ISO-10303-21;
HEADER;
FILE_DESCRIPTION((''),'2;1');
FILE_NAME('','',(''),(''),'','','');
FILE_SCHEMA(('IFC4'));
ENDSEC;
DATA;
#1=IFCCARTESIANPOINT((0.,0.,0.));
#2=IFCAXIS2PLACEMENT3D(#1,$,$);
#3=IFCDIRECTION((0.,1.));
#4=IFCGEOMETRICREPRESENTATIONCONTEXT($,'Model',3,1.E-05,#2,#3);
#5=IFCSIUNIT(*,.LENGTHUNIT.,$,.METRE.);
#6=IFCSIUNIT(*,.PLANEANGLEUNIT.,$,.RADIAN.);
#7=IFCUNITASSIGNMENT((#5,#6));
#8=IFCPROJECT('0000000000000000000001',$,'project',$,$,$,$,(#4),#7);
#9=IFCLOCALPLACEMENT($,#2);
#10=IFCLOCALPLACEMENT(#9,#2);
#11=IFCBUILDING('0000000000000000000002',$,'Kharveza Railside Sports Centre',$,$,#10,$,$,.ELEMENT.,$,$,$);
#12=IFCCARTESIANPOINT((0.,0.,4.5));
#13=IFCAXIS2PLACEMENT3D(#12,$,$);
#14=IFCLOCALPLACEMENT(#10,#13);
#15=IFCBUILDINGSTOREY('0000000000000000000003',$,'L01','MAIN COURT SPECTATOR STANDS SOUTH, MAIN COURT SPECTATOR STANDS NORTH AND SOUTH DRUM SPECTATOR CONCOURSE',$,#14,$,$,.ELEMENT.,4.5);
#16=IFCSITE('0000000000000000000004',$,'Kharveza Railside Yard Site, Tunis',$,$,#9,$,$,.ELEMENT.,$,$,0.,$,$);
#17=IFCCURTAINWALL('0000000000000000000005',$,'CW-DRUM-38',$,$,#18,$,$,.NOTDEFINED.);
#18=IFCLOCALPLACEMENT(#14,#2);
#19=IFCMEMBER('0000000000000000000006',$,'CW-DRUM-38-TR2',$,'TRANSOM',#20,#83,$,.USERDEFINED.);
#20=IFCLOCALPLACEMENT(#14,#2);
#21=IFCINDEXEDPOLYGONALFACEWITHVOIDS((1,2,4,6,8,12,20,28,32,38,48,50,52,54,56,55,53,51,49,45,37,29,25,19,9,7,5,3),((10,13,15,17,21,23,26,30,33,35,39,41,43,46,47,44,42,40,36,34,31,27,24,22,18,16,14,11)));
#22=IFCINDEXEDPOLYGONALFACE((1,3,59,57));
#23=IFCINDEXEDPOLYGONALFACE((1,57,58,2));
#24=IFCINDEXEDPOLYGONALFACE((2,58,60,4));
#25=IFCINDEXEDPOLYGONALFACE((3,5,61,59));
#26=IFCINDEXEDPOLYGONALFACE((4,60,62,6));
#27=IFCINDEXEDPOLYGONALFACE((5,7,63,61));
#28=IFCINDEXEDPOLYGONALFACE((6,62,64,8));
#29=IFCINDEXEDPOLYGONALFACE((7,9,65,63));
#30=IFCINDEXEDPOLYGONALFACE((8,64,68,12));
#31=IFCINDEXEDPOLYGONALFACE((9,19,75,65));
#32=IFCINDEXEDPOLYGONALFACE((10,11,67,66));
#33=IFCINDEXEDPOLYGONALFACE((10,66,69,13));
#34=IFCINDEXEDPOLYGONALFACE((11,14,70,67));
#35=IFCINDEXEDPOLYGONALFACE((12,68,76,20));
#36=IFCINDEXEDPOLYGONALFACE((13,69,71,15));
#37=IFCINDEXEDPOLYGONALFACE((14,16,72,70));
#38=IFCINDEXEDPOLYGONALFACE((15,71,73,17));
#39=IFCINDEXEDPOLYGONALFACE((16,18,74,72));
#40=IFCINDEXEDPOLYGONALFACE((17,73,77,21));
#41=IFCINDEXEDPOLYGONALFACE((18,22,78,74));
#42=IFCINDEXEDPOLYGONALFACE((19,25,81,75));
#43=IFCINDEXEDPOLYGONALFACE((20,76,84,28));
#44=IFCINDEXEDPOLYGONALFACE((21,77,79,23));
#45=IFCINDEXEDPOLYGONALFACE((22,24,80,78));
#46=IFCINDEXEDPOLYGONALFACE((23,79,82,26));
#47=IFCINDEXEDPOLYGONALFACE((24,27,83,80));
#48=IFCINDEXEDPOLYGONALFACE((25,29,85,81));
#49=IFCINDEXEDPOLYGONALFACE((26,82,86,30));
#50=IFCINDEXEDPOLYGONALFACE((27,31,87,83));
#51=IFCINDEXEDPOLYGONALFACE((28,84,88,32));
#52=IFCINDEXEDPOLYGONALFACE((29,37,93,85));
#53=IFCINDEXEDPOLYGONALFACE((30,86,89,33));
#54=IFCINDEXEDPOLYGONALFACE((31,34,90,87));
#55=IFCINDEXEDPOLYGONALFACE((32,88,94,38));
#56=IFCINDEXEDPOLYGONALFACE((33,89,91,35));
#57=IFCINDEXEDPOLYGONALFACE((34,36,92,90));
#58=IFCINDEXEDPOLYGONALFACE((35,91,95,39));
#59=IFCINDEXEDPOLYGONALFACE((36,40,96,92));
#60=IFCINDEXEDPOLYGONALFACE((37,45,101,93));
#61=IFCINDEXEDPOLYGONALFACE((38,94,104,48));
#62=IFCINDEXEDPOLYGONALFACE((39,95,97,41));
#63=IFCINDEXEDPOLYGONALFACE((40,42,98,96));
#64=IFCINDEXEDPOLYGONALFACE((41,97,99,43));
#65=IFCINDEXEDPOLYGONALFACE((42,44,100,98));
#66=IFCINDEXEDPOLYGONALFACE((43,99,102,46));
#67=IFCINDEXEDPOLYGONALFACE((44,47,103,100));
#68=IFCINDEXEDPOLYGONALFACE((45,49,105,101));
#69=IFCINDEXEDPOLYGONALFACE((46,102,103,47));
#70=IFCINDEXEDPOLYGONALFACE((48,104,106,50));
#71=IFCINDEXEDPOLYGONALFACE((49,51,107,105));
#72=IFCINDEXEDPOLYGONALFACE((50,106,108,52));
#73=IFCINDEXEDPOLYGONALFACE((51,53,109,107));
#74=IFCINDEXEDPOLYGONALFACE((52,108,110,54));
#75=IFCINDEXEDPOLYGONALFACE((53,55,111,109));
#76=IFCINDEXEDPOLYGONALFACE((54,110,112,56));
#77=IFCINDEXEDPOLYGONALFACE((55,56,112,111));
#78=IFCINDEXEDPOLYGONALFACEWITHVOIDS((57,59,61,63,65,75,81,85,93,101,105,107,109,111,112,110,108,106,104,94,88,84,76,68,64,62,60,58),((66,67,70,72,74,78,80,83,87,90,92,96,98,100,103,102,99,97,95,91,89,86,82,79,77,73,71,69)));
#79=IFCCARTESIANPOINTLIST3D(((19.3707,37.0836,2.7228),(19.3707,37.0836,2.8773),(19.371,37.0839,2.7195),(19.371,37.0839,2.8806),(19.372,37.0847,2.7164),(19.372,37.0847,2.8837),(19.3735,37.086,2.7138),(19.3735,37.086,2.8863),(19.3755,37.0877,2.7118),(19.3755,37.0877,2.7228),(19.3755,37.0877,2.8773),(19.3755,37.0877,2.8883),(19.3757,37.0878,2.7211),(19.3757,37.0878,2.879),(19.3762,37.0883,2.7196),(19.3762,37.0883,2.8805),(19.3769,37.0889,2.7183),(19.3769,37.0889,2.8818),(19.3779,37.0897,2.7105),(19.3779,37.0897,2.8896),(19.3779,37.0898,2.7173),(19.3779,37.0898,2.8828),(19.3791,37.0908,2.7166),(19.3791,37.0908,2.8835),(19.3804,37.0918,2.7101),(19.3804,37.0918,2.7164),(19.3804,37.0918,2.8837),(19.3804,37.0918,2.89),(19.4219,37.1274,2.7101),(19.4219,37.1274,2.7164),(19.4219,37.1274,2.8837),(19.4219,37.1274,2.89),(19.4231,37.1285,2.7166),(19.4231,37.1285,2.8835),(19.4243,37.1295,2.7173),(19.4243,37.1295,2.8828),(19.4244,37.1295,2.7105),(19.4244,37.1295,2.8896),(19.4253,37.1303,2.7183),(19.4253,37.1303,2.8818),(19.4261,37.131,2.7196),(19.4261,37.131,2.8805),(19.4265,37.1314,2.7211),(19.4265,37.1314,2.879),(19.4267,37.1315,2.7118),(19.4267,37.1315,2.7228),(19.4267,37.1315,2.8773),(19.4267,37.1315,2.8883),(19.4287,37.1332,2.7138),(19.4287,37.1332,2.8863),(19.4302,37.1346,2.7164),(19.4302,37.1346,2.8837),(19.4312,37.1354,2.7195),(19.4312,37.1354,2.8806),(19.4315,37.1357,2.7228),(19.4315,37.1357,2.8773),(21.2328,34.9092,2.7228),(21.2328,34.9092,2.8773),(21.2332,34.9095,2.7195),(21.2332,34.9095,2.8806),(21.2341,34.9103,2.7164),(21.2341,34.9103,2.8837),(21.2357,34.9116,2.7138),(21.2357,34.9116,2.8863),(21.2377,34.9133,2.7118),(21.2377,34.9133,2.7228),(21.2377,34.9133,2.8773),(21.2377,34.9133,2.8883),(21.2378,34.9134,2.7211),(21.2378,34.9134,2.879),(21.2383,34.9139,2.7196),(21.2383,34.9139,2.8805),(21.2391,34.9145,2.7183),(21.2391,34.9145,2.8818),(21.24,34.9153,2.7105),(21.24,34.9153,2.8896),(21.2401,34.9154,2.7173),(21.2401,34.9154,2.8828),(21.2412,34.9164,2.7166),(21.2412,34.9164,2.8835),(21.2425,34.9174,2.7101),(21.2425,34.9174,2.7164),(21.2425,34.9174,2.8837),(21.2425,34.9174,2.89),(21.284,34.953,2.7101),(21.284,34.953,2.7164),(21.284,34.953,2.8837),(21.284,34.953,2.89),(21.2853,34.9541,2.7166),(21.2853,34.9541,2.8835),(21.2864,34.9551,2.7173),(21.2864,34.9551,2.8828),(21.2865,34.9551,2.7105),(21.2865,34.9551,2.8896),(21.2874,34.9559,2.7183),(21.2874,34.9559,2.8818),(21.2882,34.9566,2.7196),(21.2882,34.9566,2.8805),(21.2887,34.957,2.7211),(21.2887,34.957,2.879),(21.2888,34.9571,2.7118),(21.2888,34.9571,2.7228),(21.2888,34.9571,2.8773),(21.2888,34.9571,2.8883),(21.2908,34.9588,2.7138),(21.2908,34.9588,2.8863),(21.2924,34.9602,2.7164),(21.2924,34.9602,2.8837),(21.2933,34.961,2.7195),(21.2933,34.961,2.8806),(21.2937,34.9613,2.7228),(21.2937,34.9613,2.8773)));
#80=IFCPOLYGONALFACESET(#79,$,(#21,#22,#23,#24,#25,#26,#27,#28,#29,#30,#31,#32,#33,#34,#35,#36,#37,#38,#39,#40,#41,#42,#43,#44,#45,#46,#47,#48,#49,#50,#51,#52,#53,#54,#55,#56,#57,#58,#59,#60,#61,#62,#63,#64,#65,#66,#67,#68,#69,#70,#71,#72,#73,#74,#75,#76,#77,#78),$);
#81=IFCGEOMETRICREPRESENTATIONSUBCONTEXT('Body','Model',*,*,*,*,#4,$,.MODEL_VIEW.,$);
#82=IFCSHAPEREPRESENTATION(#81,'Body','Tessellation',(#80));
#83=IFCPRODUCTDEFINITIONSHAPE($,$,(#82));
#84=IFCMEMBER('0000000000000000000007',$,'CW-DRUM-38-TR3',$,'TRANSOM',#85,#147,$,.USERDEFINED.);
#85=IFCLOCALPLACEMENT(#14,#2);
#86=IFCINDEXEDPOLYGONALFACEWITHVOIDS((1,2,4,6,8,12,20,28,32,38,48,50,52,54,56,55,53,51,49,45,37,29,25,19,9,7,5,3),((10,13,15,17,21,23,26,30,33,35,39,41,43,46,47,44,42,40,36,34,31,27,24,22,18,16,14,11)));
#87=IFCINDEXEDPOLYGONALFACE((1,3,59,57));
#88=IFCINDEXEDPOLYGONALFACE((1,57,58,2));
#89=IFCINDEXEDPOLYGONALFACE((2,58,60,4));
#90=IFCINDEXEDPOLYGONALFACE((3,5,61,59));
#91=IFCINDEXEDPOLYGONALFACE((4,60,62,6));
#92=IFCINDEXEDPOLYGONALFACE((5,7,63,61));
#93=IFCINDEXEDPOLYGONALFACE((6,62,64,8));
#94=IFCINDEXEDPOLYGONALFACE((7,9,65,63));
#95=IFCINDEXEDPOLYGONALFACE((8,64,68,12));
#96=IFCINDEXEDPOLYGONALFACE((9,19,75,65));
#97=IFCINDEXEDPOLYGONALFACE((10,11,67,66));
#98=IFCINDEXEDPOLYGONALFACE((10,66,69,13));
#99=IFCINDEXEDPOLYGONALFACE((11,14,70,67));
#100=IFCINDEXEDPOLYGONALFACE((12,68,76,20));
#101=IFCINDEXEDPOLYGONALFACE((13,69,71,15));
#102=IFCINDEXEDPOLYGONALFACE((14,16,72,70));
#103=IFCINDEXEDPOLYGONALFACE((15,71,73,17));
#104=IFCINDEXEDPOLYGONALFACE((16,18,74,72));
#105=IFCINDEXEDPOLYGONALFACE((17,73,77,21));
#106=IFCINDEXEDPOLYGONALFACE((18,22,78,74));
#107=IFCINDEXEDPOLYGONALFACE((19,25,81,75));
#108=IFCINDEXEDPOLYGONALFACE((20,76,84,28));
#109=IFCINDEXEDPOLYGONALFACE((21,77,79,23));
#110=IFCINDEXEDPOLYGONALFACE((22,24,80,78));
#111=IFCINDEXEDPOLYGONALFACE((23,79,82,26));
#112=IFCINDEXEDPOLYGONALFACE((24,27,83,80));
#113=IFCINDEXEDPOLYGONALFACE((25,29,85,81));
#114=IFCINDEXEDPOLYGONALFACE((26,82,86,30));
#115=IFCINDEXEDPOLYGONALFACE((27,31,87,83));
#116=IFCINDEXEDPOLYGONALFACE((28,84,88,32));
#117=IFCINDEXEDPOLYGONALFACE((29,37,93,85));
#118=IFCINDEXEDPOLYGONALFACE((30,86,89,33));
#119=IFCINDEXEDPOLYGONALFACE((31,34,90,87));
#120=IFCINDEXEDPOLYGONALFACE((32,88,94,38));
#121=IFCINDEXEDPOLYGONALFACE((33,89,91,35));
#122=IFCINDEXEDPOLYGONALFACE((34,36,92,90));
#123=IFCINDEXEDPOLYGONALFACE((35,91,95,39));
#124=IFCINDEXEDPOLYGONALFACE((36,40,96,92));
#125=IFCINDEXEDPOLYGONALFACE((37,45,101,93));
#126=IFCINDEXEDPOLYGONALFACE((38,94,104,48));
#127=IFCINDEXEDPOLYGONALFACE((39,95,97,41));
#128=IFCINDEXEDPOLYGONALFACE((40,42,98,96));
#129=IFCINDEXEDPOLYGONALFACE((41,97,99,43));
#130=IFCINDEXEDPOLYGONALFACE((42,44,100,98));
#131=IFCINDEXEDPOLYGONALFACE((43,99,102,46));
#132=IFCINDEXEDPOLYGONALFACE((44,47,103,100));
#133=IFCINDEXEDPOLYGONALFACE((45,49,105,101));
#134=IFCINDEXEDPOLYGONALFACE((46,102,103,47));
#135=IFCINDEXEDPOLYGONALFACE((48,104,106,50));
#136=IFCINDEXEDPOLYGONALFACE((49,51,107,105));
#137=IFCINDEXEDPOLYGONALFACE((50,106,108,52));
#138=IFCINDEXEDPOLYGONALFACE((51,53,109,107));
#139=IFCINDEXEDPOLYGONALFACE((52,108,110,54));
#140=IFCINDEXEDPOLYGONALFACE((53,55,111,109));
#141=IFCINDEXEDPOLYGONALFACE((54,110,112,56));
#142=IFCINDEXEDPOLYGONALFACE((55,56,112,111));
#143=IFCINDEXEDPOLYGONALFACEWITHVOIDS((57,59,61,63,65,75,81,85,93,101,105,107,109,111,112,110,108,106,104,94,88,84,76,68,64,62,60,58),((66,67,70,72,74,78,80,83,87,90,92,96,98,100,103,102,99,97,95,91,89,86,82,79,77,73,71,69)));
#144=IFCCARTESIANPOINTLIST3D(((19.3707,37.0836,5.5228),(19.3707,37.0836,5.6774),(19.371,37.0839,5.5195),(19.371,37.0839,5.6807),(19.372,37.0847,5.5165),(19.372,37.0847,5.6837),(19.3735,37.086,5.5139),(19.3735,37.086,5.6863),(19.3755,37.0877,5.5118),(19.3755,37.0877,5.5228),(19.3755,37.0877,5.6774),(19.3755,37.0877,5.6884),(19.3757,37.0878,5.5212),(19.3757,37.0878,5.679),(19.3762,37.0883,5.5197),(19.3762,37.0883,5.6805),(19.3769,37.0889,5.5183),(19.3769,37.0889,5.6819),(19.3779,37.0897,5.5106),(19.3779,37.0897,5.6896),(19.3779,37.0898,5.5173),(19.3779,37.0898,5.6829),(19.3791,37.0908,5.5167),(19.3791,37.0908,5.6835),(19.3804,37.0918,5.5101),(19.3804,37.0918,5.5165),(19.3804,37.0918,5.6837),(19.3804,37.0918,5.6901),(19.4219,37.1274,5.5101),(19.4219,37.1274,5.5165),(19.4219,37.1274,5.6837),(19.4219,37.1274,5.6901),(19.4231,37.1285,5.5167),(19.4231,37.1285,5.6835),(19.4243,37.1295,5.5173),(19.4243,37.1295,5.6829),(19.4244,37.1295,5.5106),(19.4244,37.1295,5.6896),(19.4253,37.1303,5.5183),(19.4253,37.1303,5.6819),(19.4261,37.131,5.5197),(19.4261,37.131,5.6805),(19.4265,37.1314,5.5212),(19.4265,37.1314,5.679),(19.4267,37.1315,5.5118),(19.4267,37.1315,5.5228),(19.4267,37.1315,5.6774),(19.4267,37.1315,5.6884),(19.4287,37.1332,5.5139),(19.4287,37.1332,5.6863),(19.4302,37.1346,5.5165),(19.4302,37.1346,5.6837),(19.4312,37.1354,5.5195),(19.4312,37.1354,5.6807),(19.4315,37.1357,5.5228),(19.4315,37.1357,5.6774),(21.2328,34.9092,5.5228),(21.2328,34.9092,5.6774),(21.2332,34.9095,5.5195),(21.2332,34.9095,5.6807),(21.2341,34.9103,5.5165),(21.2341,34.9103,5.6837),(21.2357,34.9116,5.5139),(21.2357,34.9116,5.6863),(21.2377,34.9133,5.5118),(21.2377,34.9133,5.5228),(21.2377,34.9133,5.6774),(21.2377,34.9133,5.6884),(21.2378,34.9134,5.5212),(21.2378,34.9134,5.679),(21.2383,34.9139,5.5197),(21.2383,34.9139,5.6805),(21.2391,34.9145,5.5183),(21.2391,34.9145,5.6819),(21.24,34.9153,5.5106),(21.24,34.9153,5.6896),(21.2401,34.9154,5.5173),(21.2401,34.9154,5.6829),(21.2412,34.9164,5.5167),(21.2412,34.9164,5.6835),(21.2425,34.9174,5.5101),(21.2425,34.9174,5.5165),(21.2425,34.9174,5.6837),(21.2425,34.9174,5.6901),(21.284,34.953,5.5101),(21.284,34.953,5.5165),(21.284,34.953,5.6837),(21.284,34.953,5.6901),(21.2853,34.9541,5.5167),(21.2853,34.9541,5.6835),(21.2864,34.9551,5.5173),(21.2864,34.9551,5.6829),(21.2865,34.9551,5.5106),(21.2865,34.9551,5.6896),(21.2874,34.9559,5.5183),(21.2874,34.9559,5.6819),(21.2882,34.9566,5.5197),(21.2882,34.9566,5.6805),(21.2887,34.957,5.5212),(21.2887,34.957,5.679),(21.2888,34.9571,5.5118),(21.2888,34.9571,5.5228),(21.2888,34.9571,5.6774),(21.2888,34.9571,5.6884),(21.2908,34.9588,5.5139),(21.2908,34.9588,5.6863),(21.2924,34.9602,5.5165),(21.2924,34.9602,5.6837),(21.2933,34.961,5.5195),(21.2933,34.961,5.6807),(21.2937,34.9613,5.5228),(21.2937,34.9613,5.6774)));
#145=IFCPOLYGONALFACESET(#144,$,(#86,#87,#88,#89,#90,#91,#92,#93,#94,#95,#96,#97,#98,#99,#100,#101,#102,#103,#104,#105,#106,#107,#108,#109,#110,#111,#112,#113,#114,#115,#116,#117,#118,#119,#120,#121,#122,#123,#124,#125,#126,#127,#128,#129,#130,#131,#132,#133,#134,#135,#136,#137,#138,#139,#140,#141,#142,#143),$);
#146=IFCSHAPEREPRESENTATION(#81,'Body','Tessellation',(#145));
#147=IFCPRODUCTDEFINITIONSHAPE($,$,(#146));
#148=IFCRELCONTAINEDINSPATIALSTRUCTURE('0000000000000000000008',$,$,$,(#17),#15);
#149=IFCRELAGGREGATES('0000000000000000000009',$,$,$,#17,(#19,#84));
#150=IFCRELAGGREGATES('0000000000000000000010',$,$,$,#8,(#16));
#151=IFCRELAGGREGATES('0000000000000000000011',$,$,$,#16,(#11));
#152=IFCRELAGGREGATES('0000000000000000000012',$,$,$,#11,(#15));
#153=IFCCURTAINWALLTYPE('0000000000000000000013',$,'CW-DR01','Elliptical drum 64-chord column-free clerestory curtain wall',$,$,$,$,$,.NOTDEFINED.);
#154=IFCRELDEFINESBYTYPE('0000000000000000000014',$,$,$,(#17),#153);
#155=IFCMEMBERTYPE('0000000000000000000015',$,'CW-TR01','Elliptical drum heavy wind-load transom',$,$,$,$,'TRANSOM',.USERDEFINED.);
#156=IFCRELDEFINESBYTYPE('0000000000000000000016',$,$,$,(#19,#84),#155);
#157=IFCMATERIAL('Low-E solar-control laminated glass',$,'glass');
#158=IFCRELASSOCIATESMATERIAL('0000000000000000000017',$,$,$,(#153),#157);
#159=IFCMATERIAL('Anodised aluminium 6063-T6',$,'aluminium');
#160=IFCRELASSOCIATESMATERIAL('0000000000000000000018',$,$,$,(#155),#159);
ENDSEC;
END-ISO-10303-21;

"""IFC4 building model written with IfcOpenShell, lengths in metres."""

from ifc_helpers import new_model, si_unit, direction, frame, origin, origin_2d, place, context, subcontext, project, spatial, hollow_rectangle, extrude, material, material_profile, profile_set, type_object, element, aggregate, save


model = new_model("IFC4")

# Units and contexts
model_context = context("Model", 3, precision=1e-05, world=origin(), true_north=direction((0.0, 1.0)))
body_context = subcontext(model_context, "Body", "Model", "MODEL_VIEW")
ifc_project = project(units=[si_unit("LENGTHUNIT", "METRE"), si_unit("PLANEANGLEUNIT", "RADIAN")], contexts=[model_context])

# Site, building, storey
site_placement = place(None, origin())
site = spatial("IfcSite", under=ifc_project, at=site_placement, Name="Kharveza Railside Yard Site, Tunis", CompositionType="ELEMENT", RefElevation=0.0)
building_placement = place(site_placement, origin())
building = spatial("IfcBuilding", under=site, at=building_placement, Name="Kharveza Railside Sports Centre", CompositionType="ELEMENT")
storey_placement = place(building_placement, frame((0.0, 0.0, 4.5)))
storey = spatial("IfcBuildingStorey", under=building, at=storey_placement, Name="L01", Description="MAIN COURT SPECTATOR STANDS SOUTH, MAIN COURT SPECTATOR STANDS NORTH AND SOUTH DRUM SPECTATOR CONCOURSE", CompositionType="ELEMENT", Elevation=4.5)

# Shared definitions
ifc_material_1 = material(Name="Low-E solar-control laminated glass", Category="glass")
curtain_wall_type = type_object("IfcCurtainWallType", Name="CW-DR01", Description="Elliptical drum 64-chord column-free clerestory curtain wall", PredefinedType="NOTDEFINED", material=ifc_material_1)
ifc_material_2 = material(Name="Anodised aluminium 6063-T6", Category="aluminium")

# Curtain wall
curtain_wall_1_placement = place(storey_placement, origin())
curtain_wall_1 = element("IfcCurtainWall", 1, at=curtain_wall_1_placement, inside=storey, type_object=curtain_wall_type, Name="CW-DRUM-38", PredefinedType="NOTDEFINED")

# Members
ifc_material_profile_1 = material_profile(ifc_material_2, hollow_rectangle(XDim=0.0801, YDim=0.1799, WallThickness=0.0063, InnerFilletRadius=0.0063, OuterFilletRadius=0.0127, at=origin_2d()), Name="RHS 80x180x6.3")
ifc_profile_set_1 = profile_set([ifc_material_profile_1], Name="Anodised aluminium 6063-T6")
member_type_1 = type_object("IfcMemberType", Name="CW-TR01", Description="Elliptical drum heavy wind-load transom", ElementType="TRANSOM", PredefinedType="USERDEFINED", material=ifc_profile_set_1)
member_1_placement = place(storey_placement, frame((19.4011, 37.1096, 2.8), z_axis=(0.650461, -0.759539, 0.0), x_axis=(0.759539, 0.650461, 0.0)))
member_1 = element("IfcMember", 2, at=member_1_placement, type_object=member_type_1, Name="CW-DRUM-38-TR2", ObjectType="TRANSOM", PredefinedType="USERDEFINED", context=body_context, shape_type="SweptSolid", body=[
    extrude(hollow_rectangle(XDim=0.0801, YDim=0.1799, WallThickness=0.0063, InnerFilletRadius=0.0063, OuterFilletRadius=0.0127, at=origin_2d()), origin(), (0.0, 0.0, 1.0), 2.8628),
])
member_2_placement = place(storey_placement, frame((19.4011, 37.1096, 5.6001), z_axis=(0.650461, -0.759539, 0.0), x_axis=(0.759539, 0.650461, 0.0)))
member_2 = element("IfcMember", 3, at=member_2_placement, type_object=member_type_1, Name="CW-DRUM-38-TR3", ObjectType="TRANSOM", PredefinedType="USERDEFINED", context=body_context, shape_type="SweptSolid", body=[
    extrude(hollow_rectangle(XDim=0.0801, YDim=0.1799, WallThickness=0.0063, InnerFilletRadius=0.0063, OuterFilletRadius=0.0127, at=origin_2d()), origin(), (0.0, 0.0, 1.0), 2.8628),
])

aggregate(curtain_wall_1, [member_1, member_2])

save(model, "model.ifc")
